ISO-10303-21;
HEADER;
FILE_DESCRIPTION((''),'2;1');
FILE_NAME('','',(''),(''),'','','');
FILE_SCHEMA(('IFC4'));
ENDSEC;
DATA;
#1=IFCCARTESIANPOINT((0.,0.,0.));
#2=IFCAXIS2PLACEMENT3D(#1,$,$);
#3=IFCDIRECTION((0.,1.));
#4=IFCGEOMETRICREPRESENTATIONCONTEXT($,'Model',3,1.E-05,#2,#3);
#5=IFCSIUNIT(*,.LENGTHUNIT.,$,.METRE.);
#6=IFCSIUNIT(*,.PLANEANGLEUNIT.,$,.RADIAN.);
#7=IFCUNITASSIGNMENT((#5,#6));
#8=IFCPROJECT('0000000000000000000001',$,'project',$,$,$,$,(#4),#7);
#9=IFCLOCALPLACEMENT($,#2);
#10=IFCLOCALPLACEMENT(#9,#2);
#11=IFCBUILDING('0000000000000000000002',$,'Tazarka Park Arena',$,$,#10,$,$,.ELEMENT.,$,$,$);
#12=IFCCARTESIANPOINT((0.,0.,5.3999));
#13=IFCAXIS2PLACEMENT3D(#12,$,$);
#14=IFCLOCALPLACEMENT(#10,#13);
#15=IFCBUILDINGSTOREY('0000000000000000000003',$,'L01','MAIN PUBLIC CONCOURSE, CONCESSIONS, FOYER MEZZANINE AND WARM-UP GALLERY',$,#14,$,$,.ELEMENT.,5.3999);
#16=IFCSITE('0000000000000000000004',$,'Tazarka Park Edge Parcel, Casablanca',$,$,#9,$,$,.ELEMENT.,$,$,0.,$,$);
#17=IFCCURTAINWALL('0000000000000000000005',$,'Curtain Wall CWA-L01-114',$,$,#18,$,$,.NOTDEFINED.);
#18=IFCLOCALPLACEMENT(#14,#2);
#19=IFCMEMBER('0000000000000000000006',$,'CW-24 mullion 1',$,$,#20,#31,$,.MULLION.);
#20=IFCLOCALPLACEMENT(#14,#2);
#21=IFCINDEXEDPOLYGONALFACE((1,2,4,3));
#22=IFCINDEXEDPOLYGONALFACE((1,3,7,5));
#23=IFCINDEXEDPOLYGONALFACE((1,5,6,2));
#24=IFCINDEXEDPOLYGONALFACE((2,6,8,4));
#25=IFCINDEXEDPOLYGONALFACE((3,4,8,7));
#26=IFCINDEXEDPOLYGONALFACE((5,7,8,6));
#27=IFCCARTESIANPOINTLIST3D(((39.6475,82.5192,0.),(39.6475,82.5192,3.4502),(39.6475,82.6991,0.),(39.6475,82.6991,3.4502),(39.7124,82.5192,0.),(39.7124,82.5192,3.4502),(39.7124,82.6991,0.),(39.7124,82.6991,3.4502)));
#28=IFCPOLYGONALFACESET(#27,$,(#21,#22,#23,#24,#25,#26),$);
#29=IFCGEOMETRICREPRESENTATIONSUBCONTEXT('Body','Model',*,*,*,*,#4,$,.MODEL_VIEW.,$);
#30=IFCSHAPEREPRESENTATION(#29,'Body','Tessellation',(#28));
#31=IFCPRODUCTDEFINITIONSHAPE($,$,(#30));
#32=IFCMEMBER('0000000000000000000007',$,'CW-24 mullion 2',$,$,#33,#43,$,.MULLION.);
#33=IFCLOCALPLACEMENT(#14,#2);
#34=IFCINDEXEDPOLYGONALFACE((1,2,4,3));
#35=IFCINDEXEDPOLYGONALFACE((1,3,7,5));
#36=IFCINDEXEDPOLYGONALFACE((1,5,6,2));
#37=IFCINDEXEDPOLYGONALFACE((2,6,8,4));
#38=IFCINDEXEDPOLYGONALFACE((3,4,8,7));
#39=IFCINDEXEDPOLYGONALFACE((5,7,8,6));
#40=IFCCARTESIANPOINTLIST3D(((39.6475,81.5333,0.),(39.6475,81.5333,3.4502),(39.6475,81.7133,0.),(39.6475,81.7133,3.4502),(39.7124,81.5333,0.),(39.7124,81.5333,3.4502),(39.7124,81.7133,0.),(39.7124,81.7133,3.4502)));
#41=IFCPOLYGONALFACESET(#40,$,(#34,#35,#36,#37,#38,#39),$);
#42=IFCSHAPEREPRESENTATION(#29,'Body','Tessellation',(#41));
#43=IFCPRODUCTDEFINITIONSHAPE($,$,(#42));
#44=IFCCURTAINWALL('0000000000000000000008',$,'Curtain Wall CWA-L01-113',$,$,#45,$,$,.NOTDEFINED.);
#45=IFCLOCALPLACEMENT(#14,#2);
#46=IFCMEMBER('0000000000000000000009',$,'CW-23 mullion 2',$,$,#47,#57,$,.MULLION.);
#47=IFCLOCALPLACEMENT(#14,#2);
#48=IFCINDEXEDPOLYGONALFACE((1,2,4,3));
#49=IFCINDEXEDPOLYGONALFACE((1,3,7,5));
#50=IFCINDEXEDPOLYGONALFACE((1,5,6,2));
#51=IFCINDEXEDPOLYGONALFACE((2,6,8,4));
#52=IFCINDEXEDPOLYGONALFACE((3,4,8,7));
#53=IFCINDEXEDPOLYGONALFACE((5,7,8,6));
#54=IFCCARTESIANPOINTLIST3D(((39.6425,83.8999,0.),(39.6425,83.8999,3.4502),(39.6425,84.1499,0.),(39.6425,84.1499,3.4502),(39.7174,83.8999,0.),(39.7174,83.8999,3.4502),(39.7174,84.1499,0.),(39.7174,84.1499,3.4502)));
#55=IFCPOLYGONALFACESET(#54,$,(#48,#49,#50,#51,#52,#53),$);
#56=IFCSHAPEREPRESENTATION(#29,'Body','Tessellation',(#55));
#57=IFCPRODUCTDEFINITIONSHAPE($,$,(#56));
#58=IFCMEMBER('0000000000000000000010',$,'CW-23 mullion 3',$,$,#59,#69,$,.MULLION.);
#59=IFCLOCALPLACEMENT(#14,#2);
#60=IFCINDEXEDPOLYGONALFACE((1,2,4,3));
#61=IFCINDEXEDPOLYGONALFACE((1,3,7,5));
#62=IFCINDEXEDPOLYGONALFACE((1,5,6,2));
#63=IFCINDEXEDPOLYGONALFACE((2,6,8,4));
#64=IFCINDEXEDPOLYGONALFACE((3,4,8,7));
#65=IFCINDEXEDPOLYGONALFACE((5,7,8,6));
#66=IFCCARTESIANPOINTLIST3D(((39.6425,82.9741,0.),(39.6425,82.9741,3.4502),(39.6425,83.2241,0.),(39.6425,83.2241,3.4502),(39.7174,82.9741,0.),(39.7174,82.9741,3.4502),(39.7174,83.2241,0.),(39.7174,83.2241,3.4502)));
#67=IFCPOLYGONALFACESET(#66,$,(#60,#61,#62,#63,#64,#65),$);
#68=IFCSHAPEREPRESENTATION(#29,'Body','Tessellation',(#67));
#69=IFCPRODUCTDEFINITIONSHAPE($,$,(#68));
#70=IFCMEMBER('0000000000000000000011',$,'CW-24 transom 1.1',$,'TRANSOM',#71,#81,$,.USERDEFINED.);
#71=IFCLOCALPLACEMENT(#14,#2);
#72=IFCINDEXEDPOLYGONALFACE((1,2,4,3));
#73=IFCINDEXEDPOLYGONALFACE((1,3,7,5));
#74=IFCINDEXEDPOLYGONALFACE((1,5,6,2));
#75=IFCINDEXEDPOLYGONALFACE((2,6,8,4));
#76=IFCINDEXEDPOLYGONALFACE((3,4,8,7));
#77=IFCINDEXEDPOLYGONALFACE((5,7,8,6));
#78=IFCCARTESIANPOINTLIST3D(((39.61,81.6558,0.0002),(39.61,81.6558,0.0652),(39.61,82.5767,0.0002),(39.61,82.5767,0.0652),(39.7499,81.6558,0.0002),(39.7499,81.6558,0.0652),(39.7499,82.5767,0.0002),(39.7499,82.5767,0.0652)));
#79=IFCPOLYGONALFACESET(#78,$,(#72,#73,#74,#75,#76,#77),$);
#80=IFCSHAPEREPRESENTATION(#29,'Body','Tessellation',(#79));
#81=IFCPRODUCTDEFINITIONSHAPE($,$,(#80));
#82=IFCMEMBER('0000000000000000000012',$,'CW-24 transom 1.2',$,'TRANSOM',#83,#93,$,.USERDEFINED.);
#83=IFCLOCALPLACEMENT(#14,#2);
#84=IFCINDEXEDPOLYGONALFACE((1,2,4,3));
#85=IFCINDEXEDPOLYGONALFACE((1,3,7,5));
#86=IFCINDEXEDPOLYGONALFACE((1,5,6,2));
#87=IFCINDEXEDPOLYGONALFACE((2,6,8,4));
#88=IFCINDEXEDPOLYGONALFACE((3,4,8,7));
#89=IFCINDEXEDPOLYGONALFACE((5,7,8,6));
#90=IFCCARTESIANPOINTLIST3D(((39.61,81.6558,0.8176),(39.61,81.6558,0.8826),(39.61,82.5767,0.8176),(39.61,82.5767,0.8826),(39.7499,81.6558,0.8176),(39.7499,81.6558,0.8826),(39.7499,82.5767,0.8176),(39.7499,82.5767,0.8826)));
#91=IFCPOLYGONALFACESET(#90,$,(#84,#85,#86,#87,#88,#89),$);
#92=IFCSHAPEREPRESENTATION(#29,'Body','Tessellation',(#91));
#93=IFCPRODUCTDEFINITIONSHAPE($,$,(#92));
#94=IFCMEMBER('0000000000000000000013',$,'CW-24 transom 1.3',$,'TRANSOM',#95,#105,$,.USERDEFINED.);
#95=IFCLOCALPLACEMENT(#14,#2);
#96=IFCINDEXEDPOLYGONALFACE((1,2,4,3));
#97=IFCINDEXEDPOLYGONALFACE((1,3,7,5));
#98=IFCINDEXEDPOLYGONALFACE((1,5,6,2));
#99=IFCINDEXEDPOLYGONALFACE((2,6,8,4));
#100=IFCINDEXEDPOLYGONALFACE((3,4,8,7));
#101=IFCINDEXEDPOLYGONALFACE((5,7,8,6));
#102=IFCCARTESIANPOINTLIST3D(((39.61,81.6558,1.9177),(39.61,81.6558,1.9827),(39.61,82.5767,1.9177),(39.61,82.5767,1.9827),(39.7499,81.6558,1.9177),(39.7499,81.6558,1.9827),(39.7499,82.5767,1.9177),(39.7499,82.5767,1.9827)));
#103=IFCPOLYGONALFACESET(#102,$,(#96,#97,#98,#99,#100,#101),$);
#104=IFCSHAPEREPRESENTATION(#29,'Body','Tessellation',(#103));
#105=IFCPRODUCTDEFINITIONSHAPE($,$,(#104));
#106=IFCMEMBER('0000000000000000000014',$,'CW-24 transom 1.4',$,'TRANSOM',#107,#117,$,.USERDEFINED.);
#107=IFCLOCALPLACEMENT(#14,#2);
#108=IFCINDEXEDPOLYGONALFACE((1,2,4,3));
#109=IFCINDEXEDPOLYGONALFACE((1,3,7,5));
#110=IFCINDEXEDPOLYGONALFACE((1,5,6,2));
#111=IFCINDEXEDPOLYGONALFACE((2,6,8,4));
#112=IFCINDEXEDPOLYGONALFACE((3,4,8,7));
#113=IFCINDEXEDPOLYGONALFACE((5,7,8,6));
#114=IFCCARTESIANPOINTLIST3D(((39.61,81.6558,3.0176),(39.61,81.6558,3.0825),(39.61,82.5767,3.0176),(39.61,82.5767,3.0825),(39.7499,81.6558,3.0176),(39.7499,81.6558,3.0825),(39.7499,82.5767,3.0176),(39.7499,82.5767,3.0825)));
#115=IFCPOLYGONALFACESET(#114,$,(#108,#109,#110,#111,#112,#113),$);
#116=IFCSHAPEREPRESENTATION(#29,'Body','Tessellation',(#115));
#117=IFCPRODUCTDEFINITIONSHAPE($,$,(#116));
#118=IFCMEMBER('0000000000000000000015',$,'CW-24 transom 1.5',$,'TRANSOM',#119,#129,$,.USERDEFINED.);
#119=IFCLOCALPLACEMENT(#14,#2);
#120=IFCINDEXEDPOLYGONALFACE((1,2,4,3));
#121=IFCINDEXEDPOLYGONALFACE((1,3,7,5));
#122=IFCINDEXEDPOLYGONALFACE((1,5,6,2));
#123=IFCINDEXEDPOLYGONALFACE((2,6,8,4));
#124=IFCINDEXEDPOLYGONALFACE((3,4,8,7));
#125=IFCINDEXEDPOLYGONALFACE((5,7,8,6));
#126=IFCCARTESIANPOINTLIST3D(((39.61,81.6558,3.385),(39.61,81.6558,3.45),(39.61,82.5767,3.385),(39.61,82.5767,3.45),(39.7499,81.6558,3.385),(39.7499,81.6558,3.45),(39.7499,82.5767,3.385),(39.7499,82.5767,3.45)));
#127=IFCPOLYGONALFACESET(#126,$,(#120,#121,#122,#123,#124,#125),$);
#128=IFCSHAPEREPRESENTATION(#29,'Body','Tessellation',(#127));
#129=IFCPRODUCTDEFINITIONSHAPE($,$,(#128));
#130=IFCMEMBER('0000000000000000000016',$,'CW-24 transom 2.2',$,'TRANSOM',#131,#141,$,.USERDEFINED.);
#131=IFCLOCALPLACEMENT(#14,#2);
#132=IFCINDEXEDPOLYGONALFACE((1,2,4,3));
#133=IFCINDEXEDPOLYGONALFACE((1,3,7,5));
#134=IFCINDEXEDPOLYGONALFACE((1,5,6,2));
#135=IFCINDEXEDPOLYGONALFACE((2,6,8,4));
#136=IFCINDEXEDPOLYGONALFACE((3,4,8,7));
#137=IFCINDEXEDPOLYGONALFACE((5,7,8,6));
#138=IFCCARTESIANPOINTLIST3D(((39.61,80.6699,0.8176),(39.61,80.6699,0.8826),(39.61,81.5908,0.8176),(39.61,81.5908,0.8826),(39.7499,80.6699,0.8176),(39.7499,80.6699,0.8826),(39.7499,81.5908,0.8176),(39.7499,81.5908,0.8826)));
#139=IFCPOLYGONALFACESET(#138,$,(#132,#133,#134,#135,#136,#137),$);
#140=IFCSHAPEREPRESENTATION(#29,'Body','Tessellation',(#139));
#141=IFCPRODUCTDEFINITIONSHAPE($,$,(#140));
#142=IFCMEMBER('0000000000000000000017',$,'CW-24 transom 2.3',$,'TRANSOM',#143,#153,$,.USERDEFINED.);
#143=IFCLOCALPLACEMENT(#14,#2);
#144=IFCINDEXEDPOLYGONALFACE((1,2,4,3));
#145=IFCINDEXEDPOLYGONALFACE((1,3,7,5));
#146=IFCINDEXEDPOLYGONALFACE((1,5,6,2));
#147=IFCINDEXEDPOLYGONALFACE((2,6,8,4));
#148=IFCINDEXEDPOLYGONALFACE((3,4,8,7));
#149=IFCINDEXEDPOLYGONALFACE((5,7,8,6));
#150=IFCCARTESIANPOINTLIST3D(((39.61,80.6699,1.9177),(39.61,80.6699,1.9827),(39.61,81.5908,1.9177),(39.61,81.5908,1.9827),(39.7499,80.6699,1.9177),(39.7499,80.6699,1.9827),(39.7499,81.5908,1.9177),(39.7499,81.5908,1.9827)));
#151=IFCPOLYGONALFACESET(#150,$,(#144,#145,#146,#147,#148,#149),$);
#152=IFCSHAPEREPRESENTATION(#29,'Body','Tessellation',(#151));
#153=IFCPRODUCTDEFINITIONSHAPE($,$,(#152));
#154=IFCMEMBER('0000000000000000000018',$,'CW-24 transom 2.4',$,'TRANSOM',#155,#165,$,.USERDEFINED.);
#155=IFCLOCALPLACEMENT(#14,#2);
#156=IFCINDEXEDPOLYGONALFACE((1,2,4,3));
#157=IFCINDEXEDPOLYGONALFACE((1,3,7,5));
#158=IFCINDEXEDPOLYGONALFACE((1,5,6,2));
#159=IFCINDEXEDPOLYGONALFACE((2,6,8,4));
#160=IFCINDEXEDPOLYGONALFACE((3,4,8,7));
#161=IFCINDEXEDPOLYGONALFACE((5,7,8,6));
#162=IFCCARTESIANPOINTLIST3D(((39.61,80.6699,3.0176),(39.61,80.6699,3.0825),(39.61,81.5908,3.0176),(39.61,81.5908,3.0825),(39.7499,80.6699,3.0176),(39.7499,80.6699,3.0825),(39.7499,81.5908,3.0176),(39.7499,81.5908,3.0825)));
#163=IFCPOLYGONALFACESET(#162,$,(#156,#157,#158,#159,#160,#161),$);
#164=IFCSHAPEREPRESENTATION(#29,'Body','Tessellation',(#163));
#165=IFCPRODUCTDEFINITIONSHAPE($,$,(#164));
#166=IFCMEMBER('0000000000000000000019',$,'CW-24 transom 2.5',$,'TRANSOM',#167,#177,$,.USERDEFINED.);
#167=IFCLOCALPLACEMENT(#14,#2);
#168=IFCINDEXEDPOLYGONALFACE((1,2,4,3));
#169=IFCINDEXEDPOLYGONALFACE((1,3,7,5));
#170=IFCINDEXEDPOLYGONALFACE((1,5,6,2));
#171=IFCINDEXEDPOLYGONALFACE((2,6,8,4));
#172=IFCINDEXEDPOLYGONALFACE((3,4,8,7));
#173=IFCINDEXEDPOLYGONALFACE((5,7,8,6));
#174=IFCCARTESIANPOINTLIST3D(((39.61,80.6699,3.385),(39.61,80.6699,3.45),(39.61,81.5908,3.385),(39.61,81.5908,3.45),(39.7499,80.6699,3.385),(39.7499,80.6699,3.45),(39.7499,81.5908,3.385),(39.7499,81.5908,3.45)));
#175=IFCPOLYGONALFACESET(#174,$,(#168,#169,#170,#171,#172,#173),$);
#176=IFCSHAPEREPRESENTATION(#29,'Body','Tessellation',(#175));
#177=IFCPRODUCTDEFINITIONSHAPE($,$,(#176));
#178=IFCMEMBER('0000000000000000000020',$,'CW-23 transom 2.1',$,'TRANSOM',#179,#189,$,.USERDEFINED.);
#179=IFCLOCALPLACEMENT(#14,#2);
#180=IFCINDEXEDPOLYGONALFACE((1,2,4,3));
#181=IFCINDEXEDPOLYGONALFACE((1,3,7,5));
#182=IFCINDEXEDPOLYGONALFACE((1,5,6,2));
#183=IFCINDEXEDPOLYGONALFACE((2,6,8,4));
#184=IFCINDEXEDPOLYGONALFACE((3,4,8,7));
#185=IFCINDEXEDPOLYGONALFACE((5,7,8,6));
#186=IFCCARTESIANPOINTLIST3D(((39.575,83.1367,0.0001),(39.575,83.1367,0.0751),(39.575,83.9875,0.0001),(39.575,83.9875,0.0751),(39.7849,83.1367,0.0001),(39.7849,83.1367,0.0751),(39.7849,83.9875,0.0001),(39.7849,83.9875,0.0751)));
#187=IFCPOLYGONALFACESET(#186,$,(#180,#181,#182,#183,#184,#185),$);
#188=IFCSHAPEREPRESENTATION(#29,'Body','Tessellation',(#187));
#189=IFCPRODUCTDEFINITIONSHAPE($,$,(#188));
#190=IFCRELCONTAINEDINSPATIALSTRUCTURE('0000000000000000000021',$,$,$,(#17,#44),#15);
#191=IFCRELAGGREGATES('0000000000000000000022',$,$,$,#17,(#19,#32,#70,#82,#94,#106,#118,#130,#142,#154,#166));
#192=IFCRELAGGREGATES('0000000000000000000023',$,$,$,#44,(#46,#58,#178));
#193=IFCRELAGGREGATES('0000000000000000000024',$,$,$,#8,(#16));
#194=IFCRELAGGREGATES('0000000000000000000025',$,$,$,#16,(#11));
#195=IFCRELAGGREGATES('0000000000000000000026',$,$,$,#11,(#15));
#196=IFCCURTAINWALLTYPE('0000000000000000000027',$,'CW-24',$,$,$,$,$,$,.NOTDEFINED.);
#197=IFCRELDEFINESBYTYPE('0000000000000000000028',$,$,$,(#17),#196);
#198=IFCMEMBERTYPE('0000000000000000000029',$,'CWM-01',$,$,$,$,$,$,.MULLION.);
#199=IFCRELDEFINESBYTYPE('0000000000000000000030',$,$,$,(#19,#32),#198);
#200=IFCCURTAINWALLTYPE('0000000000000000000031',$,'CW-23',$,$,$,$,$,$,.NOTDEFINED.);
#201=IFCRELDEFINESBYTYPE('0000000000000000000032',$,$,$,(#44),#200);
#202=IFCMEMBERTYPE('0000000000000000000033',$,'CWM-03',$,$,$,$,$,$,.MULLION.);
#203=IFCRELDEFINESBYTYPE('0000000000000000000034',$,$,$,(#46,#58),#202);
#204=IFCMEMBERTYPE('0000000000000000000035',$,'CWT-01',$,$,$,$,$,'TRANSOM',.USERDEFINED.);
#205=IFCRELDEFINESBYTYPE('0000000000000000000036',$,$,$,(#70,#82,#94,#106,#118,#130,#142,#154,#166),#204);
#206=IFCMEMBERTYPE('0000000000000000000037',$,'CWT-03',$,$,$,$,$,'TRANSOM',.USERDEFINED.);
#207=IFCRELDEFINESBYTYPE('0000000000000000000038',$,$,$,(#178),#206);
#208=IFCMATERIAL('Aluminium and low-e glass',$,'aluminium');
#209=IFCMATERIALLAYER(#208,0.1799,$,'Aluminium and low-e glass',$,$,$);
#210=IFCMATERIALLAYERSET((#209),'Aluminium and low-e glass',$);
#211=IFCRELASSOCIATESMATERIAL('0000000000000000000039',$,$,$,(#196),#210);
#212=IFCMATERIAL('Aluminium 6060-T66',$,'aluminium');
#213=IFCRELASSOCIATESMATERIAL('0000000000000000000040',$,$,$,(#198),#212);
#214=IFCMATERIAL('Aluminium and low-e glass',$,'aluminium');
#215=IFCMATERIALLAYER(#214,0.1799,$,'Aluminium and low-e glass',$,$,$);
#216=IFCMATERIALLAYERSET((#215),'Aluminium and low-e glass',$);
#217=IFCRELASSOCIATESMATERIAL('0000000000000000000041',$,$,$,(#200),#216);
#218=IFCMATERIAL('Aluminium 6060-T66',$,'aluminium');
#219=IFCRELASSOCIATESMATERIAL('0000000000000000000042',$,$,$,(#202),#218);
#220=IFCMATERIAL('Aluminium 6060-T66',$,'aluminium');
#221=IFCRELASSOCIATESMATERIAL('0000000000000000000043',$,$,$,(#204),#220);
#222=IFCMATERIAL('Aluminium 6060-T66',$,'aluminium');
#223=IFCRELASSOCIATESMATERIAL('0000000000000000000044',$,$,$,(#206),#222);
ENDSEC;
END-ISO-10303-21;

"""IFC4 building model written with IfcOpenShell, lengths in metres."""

from ifc_helpers import new_model, si_unit, direction, frame, origin, origin_2d, place, context, subcontext, project, spatial, rectangle, extrude, material, layer, layer_set, material_profile, profile_set, type_object, element, aggregate, save


model = new_model("IFC4")

# Units and contexts
model_context = context("Model", 3, precision=1e-05, world=origin(), true_north=direction((0.0, 1.0)))
body_context = subcontext(model_context, "Body", "Model", "MODEL_VIEW")
ifc_project = project(units=[si_unit("LENGTHUNIT", "METRE"), si_unit("PLANEANGLEUNIT", "RADIAN")], contexts=[model_context])

# Site, building, storey
site_placement = place(None, origin())
site = spatial("IfcSite", under=ifc_project, at=site_placement, Name="Tazarka Park Edge Parcel, Casablanca", CompositionType="ELEMENT", RefElevation=0.0)
building_placement = place(site_placement, origin())
building = spatial("IfcBuilding", under=site, at=building_placement, Name="Tazarka Park Arena", CompositionType="ELEMENT")
storey_placement = place(building_placement, frame((0.0, 0.0, 5.3999)))
storey = spatial("IfcBuildingStorey", under=building, at=storey_placement, Name="L01", Description="MAIN PUBLIC CONCOURSE, CONCESSIONS, FOYER MEZZANINE AND WARM-UP GALLERY", CompositionType="ELEMENT", Elevation=5.3999)

# Curtain walls, members
ifc_material_1 = material(Name="Aluminium and low-e glass", Category="aluminium")
ifc_layer_1 = layer(ifc_material_1, 0.1799, Name="Aluminium and low-e glass")
ifc_layer_set_1 = layer_set([ifc_layer_1], Name="Aluminium and low-e glass")
curtain_wall_type_1 = type_object("IfcCurtainWallType", Name="CW-24", PredefinedType="NOTDEFINED", material=ifc_layer_set_1)
curtain_wall_1_placement = place(storey_placement, origin())
curtain_wall_1 = element("IfcCurtainWall", 1, at=curtain_wall_1_placement, inside=storey, type_object=curtain_wall_type_1, Name="Curtain Wall CWA-L01-114", PredefinedType="NOTDEFINED")
ifc_material_2 = material(Name="Aluminium 6060-T66", Category="aluminium")
ifc_material_profile_1 = material_profile(ifc_material_2, rectangle(XDim=0.0649, YDim=0.1799, at=origin_2d()), Name="Aluminium 6060-T66")
ifc_profile_set_1 = profile_set([ifc_material_profile_1], Name="Aluminium 6060-T66")
member_type_1 = type_object("IfcMemberType", Name="CWM-01", PredefinedType="MULLION", material=ifc_profile_set_1)
member_1_placement = place(storey_placement, frame((39.6799, 82.6091, 0.0), z_axis=(0.0, 0.0, 1.0), x_axis=(1.0, 0.0, 0.0)))
member_1 = element("IfcMember", 2, at=member_1_placement, type_object=member_type_1, Name="CW-24 mullion 1", PredefinedType="MULLION", context=body_context, shape_type="SweptSolid", body=[
    extrude(rectangle(XDim=0.0649, YDim=0.1799, at=origin_2d()), origin(), (0.0, 0.0, 1.0), 3.4502),
])
member_2_placement = place(storey_placement, frame((39.6799, 81.6233, 0.0), z_axis=(0.0, 0.0, 1.0), x_axis=(1.0, 0.0, 0.0)))
member_2 = element("IfcMember", 3, at=member_2_placement, type_object=member_type_1, Name="CW-24 mullion 2", PredefinedType="MULLION", context=body_context, shape_type="SweptSolid", body=[
    extrude(rectangle(XDim=0.0649, YDim=0.1799, at=origin_2d()), origin(), (0.0, 0.0, 1.0), 3.4502),
])
ifc_material_3 = material(Name="Aluminium and low-e glass", Category="aluminium")
ifc_layer_2 = layer(ifc_material_3, 0.1799, Name="Aluminium and low-e glass")
ifc_layer_set_2 = layer_set([ifc_layer_2], Name="Aluminium and low-e glass")
curtain_wall_type_2 = type_object("IfcCurtainWallType", Name="CW-23", PredefinedType="NOTDEFINED", material=ifc_layer_set_2)
curtain_wall_2_placement = place(storey_placement, origin())
curtain_wall_2 = element("IfcCurtainWall", 4, at=curtain_wall_2_placement, inside=storey, type_object=curtain_wall_type_2, Name="Curtain Wall CWA-L01-113", PredefinedType="NOTDEFINED")
ifc_material_4 = material(Name="Aluminium 6060-T66", Category="aluminium")
ifc_material_profile_2 = material_profile(ifc_material_4, rectangle(XDim=0.075, YDim=0.25, at=origin_2d()), Name="Aluminium 6060-T66")
ifc_profile_set_2 = profile_set([ifc_material_profile_2], Name="Aluminium 6060-T66")
member_type_2 = type_object("IfcMemberType", Name="CWM-03", PredefinedType="MULLION", material=ifc_profile_set_2)
member_3_placement = place(storey_placement, frame((39.6799, 84.0249, 0.0), z_axis=(0.0, 0.0, 1.0), x_axis=(1.0, 0.0, 0.0)))
member_3 = element("IfcMember", 5, at=member_3_placement, type_object=member_type_2, Name="CW-23 mullion 2", PredefinedType="MULLION", context=body_context, shape_type="SweptSolid", body=[
    extrude(rectangle(XDim=0.075, YDim=0.25, at=origin_2d()), origin(), (0.0, 0.0, 1.0), 3.4502),
])
member_4_placement = place(storey_placement, frame((39.6799, 83.0991, 0.0), z_axis=(0.0, 0.0, 1.0), x_axis=(1.0, 0.0, 0.0)))
member_4 = element("IfcMember", 6, at=member_4_placement, type_object=member_type_2, Name="CW-23 mullion 3", PredefinedType="MULLION", context=body_context, shape_type="SweptSolid", body=[
    extrude(rectangle(XDim=0.075, YDim=0.25, at=origin_2d()), origin(), (0.0, 0.0, 1.0), 3.4502),
])

# Members
ifc_material_5 = material(Name="Aluminium 6060-T66", Category="aluminium")
ifc_material_profile_3 = material_profile(ifc_material_5, rectangle(XDim=0.1399, YDim=0.0649, at=origin_2d()), Name="Aluminium 6060-T66")
ifc_profile_set_3 = profile_set([ifc_material_profile_3], Name="Aluminium 6060-T66")
member_type_3 = type_object("IfcMemberType", Name="CWT-01", ElementType="TRANSOM", PredefinedType="USERDEFINED", material=ifc_profile_set_3)
member_5_placement = place(storey_placement, frame((39.6799, 82.5767, 0.0327), z_axis=(0.0, -1.0, 0.0), x_axis=(1.0, 0.0, 0.0)))
member_5 = element("IfcMember", 7, at=member_5_placement, type_object=member_type_3, Name="CW-24 transom 1.1", ObjectType="TRANSOM", PredefinedType="USERDEFINED", context=body_context, shape_type="SweptSolid", body=[
    extrude(rectangle(XDim=0.1399, YDim=0.0649, at=origin_2d()), origin(), (0.0, 0.0, 1.0), 0.9209),
])
member_6_placement = place(storey_placement, frame((39.6799, 82.5767, 0.8501), z_axis=(0.0, -1.0, 0.0), x_axis=(1.0, 0.0, 0.0)))
member_6 = element("IfcMember", 8, at=member_6_placement, type_object=member_type_3, Name="CW-24 transom 1.2", ObjectType="TRANSOM", PredefinedType="USERDEFINED", context=body_context, shape_type="SweptSolid", body=[
    extrude(rectangle(XDim=0.1399, YDim=0.0649, at=origin_2d()), origin(), (0.0, 0.0, 1.0), 0.9209),
])
member_7_placement = place(storey_placement, frame((39.6799, 82.5767, 1.9502), z_axis=(0.0, -1.0, 0.0), x_axis=(1.0, 0.0, 0.0)))
member_7 = element("IfcMember", 9, at=member_7_placement, type_object=member_type_3, Name="CW-24 transom 1.3", ObjectType="TRANSOM", PredefinedType="USERDEFINED", context=body_context, shape_type="SweptSolid", body=[
    extrude(rectangle(XDim=0.1399, YDim=0.0649, at=origin_2d()), origin(), (0.0, 0.0, 1.0), 0.9209),
])
member_8_placement = place(storey_placement, frame((39.6799, 82.5767, 3.05), z_axis=(0.0, -1.0, 0.0), x_axis=(1.0, 0.0, 0.0)))
member_8 = element("IfcMember", 10, at=member_8_placement, type_object=member_type_3, Name="CW-24 transom 1.4", ObjectType="TRANSOM", PredefinedType="USERDEFINED", context=body_context, shape_type="SweptSolid", body=[
    extrude(rectangle(XDim=0.1399, YDim=0.0649, at=origin_2d()), origin(), (0.0, 0.0, 1.0), 0.9209),
])
member_9_placement = place(storey_placement, frame((39.6799, 82.5767, 3.4175), z_axis=(0.0, -1.0, 0.0), x_axis=(1.0, 0.0, 0.0)))
member_9 = element("IfcMember", 11, at=member_9_placement, type_object=member_type_3, Name="CW-24 transom 1.5", ObjectType="TRANSOM", PredefinedType="USERDEFINED", context=body_context, shape_type="SweptSolid", body=[
    extrude(rectangle(XDim=0.1399, YDim=0.0649, at=origin_2d()), origin(), (0.0, 0.0, 1.0), 0.9209),
])
member_10_placement = place(storey_placement, frame((39.6799, 81.5908, 0.8501), z_axis=(0.0, -1.0, 0.0), x_axis=(1.0, 0.0, 0.0)))
member_10 = element("IfcMember", 12, at=member_10_placement, type_object=member_type_3, Name="CW-24 transom 2.2", ObjectType="TRANSOM", PredefinedType="USERDEFINED", context=body_context, shape_type="SweptSolid", body=[
    extrude(rectangle(XDim=0.1399, YDim=0.0649, at=origin_2d()), origin(), (0.0, 0.0, 1.0), 0.9209),
])
member_11_placement = place(storey_placement, frame((39.6799, 81.5908, 1.9502), z_axis=(0.0, -1.0, 0.0), x_axis=(1.0, 0.0, 0.0)))
member_11 = element("IfcMember", 13, at=member_11_placement, type_object=member_type_3, Name="CW-24 transom 2.3", ObjectType="TRANSOM", PredefinedType="USERDEFINED", context=body_context, shape_type="SweptSolid", body=[
    extrude(rectangle(XDim=0.1399, YDim=0.0649, at=origin_2d()), origin(), (0.0, 0.0, 1.0), 0.9209),
])
member_12_placement = place(storey_placement, frame((39.6799, 81.5908, 3.05), z_axis=(0.0, -1.0, 0.0), x_axis=(1.0, 0.0, 0.0)))
member_12 = element("IfcMember", 14, at=member_12_placement, type_object=member_type_3, Name="CW-24 transom 2.4", ObjectType="TRANSOM", PredefinedType="USERDEFINED", context=body_context, shape_type="SweptSolid", body=[
    extrude(rectangle(XDim=0.1399, YDim=0.0649, at=origin_2d()), origin(), (0.0, 0.0, 1.0), 0.9209),
])
member_13_placement = place(storey_placement, frame((39.6799, 81.5908, 3.4175), z_axis=(0.0, -1.0, 0.0), x_axis=(1.0, 0.0, 0.0)))
member_13 = element("IfcMember", 15, at=member_13_placement, type_object=member_type_3, Name="CW-24 transom 2.5", ObjectType="TRANSOM", PredefinedType="USERDEFINED", context=body_context, shape_type="SweptSolid", body=[
    extrude(rectangle(XDim=0.1399, YDim=0.0649, at=origin_2d()), origin(), (0.0, 0.0, 1.0), 0.9209),
])
ifc_material_6 = material(Name="Aluminium 6060-T66", Category="aluminium")
ifc_material_profile_4 = material_profile(ifc_material_6, rectangle(XDim=0.21, YDim=0.075, at=origin_2d()), Name="Aluminium 6060-T66")
ifc_profile_set_4 = profile_set([ifc_material_profile_4], Name="Aluminium 6060-T66")
member_type_4 = type_object("IfcMemberType", Name="CWT-03", ElementType="TRANSOM", PredefinedType="USERDEFINED", material=ifc_profile_set_4)
member_14_placement = place(storey_placement, frame((39.6799, 83.9875, 0.0376), z_axis=(0.0, -1.0, 0.0), x_axis=(1.0, 0.0, 0.0)))
member_14 = element("IfcMember", 16, at=member_14_placement, type_object=member_type_4, Name="CW-23 transom 2.1", ObjectType="TRANSOM", PredefinedType="USERDEFINED", context=body_context, shape_type="SweptSolid", body=[
    extrude(rectangle(XDim=0.21, YDim=0.075, at=origin_2d()), origin(), (0.0, 0.0, 1.0), 0.8508),
])

aggregate(curtain_wall_1, [member_1, member_2, member_5, member_6, member_7, member_8, member_9, member_10, member_11, member_12, member_13])
aggregate(curtain_wall_2, [member_3, member_4, member_14])

save(model, "model.ifc")
